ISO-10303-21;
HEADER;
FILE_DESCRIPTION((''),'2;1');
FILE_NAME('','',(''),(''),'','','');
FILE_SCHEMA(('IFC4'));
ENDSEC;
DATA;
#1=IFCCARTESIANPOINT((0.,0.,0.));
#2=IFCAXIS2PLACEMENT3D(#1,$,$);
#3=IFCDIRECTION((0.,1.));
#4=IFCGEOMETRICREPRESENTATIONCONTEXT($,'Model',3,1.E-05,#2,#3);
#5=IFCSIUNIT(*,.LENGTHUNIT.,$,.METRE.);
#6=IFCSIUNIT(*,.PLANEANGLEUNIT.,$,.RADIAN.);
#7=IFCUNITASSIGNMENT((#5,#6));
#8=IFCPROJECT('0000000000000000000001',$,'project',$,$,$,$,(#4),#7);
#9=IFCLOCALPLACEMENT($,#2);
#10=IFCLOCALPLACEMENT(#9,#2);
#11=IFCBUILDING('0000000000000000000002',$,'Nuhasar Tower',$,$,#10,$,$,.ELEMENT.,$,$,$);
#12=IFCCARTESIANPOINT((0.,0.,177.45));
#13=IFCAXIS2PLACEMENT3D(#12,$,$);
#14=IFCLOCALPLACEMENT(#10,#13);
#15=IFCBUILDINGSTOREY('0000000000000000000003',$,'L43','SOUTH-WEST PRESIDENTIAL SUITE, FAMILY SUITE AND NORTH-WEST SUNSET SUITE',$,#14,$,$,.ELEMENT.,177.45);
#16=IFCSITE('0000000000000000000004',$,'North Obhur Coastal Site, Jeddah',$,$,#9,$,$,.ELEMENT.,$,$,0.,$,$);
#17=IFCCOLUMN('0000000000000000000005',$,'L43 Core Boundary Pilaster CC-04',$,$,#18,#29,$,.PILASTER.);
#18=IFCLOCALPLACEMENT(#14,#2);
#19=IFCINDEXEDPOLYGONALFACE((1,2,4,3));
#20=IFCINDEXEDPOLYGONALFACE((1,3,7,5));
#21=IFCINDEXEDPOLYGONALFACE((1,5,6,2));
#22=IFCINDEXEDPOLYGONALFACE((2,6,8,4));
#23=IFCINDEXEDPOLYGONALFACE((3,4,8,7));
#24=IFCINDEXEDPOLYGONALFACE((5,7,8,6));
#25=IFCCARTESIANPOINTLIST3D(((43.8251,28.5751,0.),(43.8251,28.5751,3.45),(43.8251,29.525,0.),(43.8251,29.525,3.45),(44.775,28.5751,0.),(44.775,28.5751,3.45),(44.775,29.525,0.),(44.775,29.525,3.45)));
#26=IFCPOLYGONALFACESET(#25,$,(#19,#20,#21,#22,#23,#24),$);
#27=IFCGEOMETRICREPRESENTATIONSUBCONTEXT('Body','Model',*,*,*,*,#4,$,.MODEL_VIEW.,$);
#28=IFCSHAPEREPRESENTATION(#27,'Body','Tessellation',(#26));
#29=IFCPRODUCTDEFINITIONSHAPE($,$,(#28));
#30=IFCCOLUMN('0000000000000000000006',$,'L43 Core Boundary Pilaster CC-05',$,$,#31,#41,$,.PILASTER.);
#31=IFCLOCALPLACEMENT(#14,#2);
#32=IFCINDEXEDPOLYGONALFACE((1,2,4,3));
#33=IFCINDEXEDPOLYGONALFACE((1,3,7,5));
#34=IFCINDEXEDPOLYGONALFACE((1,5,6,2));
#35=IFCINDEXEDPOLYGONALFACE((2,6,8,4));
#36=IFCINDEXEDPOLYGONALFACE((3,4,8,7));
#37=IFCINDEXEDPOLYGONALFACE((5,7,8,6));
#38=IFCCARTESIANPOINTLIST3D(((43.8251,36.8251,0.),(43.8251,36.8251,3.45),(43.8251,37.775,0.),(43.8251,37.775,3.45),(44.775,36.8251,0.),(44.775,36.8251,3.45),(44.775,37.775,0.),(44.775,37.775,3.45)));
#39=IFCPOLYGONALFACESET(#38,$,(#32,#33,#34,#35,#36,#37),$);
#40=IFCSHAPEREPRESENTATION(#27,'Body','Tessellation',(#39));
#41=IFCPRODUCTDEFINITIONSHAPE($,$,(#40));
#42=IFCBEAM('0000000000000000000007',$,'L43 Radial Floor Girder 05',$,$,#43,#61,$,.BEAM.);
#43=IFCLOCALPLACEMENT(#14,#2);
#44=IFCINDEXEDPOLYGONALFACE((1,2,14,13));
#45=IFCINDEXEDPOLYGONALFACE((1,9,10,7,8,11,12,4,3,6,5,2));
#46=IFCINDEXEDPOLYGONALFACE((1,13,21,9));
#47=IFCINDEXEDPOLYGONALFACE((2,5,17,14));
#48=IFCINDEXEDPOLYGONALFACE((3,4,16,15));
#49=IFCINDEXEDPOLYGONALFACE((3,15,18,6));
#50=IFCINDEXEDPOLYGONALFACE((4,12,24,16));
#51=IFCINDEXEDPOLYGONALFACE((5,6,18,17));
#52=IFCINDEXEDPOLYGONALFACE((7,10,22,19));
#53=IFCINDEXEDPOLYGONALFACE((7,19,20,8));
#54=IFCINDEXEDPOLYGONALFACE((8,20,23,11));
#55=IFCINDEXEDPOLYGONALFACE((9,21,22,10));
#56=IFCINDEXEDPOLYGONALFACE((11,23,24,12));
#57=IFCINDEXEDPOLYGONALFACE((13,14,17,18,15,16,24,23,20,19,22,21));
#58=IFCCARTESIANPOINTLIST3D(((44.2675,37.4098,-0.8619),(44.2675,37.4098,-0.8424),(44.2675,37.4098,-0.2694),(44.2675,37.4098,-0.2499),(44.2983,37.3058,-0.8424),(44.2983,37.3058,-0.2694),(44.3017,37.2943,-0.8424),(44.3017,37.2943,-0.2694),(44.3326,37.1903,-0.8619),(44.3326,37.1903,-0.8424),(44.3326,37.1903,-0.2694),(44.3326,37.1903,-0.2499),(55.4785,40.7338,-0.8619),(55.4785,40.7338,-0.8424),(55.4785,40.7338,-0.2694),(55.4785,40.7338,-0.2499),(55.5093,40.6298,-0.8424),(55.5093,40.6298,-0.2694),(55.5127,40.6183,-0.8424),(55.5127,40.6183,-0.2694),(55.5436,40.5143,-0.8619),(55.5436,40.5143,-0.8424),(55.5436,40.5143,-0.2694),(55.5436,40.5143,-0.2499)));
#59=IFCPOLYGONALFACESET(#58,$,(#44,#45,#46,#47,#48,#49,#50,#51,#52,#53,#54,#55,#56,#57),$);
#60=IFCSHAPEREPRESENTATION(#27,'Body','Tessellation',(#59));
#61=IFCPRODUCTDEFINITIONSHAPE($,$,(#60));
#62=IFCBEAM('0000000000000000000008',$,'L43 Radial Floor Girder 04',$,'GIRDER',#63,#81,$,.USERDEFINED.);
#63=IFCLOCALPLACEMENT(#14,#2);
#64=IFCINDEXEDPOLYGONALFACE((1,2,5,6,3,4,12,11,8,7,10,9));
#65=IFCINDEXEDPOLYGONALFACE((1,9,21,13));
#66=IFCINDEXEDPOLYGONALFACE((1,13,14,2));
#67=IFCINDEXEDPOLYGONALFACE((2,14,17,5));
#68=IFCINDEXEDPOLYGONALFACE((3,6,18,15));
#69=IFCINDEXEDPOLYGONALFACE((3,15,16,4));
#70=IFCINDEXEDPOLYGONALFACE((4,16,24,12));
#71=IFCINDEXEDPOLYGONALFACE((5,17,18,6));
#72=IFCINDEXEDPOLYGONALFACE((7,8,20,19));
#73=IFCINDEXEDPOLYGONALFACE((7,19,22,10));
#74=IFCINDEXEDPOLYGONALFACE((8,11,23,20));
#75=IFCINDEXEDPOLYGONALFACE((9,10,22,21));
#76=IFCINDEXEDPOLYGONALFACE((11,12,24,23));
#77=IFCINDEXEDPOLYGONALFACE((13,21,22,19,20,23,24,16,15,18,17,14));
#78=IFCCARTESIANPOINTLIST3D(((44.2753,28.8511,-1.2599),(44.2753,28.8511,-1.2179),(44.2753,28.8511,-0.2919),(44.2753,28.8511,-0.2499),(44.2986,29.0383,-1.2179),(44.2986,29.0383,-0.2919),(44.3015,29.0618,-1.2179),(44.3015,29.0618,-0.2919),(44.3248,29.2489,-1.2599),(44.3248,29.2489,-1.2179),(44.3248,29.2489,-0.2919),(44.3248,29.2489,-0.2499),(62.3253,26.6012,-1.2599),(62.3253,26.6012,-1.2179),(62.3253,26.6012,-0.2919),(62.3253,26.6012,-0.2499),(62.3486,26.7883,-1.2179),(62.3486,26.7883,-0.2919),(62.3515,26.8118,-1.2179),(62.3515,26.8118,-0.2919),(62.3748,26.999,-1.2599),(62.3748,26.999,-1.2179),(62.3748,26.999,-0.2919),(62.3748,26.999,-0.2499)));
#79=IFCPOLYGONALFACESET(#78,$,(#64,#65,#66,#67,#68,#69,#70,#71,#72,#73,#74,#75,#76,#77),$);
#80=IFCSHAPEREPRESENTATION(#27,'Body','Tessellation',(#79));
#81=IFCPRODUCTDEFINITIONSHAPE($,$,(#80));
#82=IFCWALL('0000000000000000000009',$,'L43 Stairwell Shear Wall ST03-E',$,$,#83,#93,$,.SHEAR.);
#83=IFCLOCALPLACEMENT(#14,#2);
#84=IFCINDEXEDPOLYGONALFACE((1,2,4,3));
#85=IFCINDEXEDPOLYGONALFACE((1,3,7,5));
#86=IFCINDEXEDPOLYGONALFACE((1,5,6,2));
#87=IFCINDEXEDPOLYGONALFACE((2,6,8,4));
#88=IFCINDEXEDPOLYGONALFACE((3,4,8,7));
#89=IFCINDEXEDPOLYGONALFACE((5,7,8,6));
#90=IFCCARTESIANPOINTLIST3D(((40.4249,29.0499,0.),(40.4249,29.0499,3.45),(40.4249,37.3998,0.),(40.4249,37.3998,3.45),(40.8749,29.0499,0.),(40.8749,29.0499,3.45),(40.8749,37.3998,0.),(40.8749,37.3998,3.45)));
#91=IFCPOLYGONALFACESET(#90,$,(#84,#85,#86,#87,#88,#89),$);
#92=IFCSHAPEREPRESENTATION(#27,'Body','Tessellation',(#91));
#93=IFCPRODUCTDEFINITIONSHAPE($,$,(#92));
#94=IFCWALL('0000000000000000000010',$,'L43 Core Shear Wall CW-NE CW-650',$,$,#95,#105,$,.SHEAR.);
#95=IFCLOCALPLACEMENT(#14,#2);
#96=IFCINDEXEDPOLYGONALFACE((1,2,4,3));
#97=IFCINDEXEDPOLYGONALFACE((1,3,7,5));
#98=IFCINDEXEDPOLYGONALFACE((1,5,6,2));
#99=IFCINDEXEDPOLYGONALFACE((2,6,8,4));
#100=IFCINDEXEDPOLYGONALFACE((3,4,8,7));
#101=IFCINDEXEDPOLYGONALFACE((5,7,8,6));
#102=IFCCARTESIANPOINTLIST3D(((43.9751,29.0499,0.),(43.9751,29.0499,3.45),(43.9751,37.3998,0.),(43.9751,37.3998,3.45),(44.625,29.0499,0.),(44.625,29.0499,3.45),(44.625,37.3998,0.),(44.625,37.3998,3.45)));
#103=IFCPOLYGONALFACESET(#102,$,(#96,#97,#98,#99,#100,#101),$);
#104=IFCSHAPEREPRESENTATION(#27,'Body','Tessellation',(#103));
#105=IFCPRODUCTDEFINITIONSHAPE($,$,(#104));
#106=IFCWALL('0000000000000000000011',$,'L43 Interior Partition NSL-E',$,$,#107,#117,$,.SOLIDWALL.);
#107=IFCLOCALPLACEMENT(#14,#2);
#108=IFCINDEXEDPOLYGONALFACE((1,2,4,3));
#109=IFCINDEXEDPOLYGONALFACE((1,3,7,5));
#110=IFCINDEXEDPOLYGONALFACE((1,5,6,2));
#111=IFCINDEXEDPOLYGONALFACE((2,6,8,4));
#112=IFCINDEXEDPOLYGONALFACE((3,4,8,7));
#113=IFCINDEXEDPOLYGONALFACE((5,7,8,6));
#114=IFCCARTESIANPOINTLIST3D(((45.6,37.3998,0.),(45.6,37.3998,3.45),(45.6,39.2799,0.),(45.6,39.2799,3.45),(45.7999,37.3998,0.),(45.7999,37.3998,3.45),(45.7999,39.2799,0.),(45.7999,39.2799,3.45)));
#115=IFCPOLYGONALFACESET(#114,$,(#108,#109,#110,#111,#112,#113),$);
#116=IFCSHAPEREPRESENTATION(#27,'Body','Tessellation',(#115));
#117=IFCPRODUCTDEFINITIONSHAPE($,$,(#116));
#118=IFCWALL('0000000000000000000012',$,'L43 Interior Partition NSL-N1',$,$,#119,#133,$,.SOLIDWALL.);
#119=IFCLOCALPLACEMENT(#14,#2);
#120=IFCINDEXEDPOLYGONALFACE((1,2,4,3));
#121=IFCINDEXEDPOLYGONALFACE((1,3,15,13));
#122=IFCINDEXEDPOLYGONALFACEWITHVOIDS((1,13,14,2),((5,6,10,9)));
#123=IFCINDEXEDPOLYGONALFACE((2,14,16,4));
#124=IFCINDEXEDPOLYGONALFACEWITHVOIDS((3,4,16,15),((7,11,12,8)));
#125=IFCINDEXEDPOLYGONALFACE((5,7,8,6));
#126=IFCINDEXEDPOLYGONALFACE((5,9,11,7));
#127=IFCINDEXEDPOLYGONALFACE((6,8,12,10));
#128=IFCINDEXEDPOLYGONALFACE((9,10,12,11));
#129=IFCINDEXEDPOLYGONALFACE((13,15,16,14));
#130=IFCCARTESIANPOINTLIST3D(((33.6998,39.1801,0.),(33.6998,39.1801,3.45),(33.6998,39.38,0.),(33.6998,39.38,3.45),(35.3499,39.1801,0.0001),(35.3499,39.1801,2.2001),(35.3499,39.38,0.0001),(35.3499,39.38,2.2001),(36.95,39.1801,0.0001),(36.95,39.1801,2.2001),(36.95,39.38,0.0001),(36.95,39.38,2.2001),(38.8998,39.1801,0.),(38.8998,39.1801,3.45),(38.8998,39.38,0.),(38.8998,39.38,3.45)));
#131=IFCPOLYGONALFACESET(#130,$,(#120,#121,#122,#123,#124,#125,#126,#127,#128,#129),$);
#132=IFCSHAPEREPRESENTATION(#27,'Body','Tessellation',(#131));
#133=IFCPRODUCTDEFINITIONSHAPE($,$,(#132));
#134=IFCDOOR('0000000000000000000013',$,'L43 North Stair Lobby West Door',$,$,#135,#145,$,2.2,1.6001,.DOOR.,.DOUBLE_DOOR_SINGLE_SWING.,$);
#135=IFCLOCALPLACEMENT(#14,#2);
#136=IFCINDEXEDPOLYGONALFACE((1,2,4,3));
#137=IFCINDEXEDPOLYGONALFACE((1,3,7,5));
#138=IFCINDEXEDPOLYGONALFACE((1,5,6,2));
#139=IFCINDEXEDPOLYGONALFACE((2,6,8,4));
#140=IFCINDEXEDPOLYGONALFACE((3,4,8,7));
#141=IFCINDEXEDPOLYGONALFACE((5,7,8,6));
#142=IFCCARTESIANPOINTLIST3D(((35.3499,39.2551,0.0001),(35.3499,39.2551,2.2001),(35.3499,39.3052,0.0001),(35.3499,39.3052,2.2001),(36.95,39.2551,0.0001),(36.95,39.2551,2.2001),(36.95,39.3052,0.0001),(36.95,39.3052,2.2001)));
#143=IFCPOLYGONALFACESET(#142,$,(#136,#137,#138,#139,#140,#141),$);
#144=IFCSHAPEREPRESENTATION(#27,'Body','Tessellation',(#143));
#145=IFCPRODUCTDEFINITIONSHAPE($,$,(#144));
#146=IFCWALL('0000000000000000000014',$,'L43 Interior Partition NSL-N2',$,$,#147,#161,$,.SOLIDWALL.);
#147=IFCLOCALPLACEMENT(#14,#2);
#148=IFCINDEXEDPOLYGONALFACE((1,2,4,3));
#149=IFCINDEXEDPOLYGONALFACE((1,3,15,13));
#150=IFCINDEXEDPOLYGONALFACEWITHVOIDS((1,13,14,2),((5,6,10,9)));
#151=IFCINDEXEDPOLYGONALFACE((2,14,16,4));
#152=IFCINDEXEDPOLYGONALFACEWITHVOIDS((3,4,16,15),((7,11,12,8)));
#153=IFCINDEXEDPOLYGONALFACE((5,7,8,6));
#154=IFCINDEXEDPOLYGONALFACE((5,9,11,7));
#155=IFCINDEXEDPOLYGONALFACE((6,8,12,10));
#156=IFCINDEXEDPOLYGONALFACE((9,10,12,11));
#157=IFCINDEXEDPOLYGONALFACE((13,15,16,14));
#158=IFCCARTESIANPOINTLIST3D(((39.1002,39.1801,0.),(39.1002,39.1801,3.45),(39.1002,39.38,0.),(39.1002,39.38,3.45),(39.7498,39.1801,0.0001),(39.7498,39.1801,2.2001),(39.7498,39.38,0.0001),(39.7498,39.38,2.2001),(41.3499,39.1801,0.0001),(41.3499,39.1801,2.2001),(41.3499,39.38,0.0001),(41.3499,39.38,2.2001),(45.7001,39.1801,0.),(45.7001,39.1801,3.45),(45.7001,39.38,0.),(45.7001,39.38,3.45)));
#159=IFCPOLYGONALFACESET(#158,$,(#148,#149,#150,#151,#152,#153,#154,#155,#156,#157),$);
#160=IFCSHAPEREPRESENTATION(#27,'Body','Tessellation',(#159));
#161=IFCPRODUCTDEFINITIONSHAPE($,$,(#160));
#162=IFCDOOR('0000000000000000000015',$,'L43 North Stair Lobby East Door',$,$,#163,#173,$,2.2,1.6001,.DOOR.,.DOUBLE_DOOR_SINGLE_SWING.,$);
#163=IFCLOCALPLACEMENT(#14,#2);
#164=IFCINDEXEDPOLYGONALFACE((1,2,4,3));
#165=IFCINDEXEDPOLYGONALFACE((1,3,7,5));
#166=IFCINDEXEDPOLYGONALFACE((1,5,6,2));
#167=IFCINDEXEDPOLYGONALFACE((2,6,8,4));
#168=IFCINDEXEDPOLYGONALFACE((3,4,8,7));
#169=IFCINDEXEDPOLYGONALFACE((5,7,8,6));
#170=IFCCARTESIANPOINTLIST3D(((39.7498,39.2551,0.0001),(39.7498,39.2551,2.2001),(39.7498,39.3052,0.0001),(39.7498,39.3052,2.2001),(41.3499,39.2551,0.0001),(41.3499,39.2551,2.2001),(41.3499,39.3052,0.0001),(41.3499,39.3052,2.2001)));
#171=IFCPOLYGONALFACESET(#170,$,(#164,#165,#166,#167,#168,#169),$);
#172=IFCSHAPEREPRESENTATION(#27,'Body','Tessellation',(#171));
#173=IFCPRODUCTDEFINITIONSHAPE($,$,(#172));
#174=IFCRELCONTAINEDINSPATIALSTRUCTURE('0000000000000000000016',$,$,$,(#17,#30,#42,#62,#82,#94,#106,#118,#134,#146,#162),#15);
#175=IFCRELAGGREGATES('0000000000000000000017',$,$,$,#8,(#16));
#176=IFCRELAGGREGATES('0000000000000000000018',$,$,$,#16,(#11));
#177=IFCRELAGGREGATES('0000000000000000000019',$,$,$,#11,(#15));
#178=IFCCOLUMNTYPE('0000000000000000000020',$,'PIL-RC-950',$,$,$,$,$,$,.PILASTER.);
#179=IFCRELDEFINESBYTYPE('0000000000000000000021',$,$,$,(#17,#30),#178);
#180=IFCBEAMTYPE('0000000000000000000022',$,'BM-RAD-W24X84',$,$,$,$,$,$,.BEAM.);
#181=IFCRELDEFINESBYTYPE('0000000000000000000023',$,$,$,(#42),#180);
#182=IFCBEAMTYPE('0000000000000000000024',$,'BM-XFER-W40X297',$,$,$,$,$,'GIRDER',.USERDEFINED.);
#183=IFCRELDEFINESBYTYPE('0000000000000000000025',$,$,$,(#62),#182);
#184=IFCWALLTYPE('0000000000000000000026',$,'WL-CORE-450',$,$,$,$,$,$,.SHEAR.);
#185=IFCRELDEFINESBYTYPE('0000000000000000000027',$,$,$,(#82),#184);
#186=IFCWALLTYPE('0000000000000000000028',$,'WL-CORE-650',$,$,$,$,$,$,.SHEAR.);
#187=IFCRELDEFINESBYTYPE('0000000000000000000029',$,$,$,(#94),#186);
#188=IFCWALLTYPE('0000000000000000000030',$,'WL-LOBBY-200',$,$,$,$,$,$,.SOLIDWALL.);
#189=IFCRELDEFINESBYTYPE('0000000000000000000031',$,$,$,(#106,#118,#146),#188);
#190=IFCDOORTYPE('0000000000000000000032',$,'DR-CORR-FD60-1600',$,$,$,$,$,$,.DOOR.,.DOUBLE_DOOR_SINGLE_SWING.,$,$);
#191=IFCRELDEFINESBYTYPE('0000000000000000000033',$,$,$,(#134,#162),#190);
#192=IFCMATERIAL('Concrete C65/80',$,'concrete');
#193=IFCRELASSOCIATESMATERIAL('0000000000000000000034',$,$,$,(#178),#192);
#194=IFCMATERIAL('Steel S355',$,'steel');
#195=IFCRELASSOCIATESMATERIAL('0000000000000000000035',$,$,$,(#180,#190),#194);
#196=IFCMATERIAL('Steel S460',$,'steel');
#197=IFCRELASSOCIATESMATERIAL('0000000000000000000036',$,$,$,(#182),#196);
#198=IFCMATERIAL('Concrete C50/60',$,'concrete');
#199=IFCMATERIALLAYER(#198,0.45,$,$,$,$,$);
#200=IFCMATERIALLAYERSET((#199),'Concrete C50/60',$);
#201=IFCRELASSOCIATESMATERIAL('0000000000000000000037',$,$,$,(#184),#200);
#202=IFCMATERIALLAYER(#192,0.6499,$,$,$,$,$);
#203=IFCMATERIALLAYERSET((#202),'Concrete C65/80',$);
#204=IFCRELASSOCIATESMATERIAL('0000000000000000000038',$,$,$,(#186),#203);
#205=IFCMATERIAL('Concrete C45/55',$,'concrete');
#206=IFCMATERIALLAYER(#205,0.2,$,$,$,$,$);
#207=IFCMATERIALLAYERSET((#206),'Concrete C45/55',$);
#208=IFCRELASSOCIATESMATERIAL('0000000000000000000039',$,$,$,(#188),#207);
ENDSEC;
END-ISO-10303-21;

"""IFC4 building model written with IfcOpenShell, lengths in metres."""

from ifc_helpers import new_model, si_unit, direction, frame, frame_2d, origin, origin_2d, place, context, subcontext, project, spatial, rectangle, i_section, extrude, material, layer, layer_set, material_profile, profile_set, type_object, element, fill, save


model = new_model("IFC4")

# Units and contexts
model_context = context("Model", 3, precision=1e-05, world=origin(), true_north=direction((0.0, 1.0)))
body_context = subcontext(model_context, "Body", "Model", "MODEL_VIEW")
ifc_project = project(units=[si_unit("LENGTHUNIT", "METRE"), si_unit("PLANEANGLEUNIT", "RADIAN")], contexts=[model_context])

# Site, building, storey
site_placement = place(None, origin())
site = spatial("IfcSite", under=ifc_project, at=site_placement, Name="North Obhur Coastal Site, Jeddah", CompositionType="ELEMENT", RefElevation=0.0)
building_placement = place(site_placement, origin())
building = spatial("IfcBuilding", under=site, at=building_placement, Name="Nuhasar Tower", CompositionType="ELEMENT")
storey_placement = place(building_placement, frame((0.0, 0.0, 177.45)))
storey = spatial("IfcBuildingStorey", under=building, at=storey_placement, Name="L43", Description="SOUTH-WEST PRESIDENTIAL SUITE, FAMILY SUITE AND NORTH-WEST SUNSET SUITE", CompositionType="ELEMENT", Elevation=177.45)

# Columns
ifc_material_1 = material(Name="Concrete C65/80", Category="concrete")
ifc_material_profile_1 = material_profile(ifc_material_1, rectangle(XDim=0.95, YDim=0.95, at=origin_2d()), Name="RC950X950")
ifc_profile_set_1 = profile_set([ifc_material_profile_1], Name="Concrete C65/80")
column_type = type_object("IfcColumnType", Name="PIL-RC-950", PredefinedType="PILASTER", material=ifc_profile_set_1)
for number, where, z_axis, x_axis, name in (
    (1, (44.3, 29.05, 0.0), (0.0, 0.0, 1.0), (1.0, 0.0, 0.0), "L43 Core Boundary Pilaster CC-04"),
    (2, (44.3, 37.3, 0.0), (0.0, 0.0, 1.0), (1.0, 0.0, 0.0), "L43 Core Boundary Pilaster CC-05"),
):
    element("IfcColumn", number, at=place(storey_placement, frame(where, z_axis=z_axis, x_axis=x_axis)), inside=storey, type_object=column_type, Name=name, PredefinedType="PILASTER", context=body_context, shape_type="SweptSolid", body=[
        extrude(rectangle(XDim=0.95, YDim=0.95, at=origin_2d()), origin(), (0.0, 0.0, 1.0), 3.45),
    ])

# Beams
ifc_material_2 = material(Name="Steel S355", Category="steel")
ifc_material_profile_2 = material_profile(ifc_material_2, i_section(OverallWidth=0.229, OverallDepth=0.6121, WebThickness=0.012, FlangeThickness=0.0195, at=origin_2d()), Name="W24X84")
ifc_profile_set_2 = profile_set([ifc_material_profile_2], Name="Steel S355")
beam_type_1 = type_object("IfcBeamType", Name="BM-RAD-W24X84", PredefinedType="BEAM", material=ifc_profile_set_2)
beam_1_placement = place(storey_placement, frame((44.3, 37.3, -0.5559), z_axis=(0.958746, 0.284262, 0.0), x_axis=(-0.284262, 0.958746, 0.0)))
element("IfcBeam", 3, at=beam_1_placement, inside=storey, type_object=beam_type_1, Name="L43 Radial Floor Girder 05", PredefinedType="BEAM", context=body_context, shape_type="SweptSolid", body=[
    extrude(i_section(OverallWidth=0.229, OverallDepth=0.6121, WebThickness=0.012, FlangeThickness=0.0195, at=origin_2d()), origin(), (0.0, 0.0, 1.0), 11.6934),
])
ifc_material_3 = material(Name="Steel S460", Category="steel")
ifc_material_profile_3 = material_profile(ifc_material_3, i_section(OverallWidth=0.4009, OverallDepth=1.01, WebThickness=0.0237, FlangeThickness=0.042, at=origin_2d()), Name="W40X297")
ifc_profile_set_3 = profile_set([ifc_material_profile_3], Name="Steel S460")
beam_type_2 = type_object("IfcBeamType", Name="BM-XFER-W40X297", ElementType="GIRDER", PredefinedType="USERDEFINED", material=ifc_profile_set_3)
beam_2_placement = place(storey_placement, frame((44.3, 29.05, -0.7549), z_axis=(0.99232, -0.123696, 0.0), x_axis=(0.123696, 0.99232, 0.0)))
element("IfcBeam", 4, at=beam_2_placement, inside=storey, type_object=beam_type_2, Name="L43 Radial Floor Girder 04", ObjectType="GIRDER", PredefinedType="USERDEFINED", context=body_context, shape_type="SweptSolid", body=[
    extrude(i_section(OverallWidth=0.4009, OverallDepth=1.01, WebThickness=0.0237, FlangeThickness=0.042, at=origin_2d()), origin(), (0.0, 0.0, 1.0), 18.1897),
])

# Shared definitions
ifc_material_4 = material(Name="Concrete C50/60", Category="concrete")
ifc_layer_1 = layer(ifc_material_4, 0.45)
ifc_layer_set_1 = layer_set([ifc_layer_1], Name="Concrete C50/60")
wall_type_1 = type_object("IfcWallType", Name="WL-CORE-450", PredefinedType="SHEAR", material=ifc_layer_set_1)

# Wall
wall_1_placement = place(storey_placement, frame((40.6499, 29.05, 0.0), z_axis=(0.0, 0.0, 1.0), x_axis=(0.0, 1.0, 0.0)))
element("IfcWall", 5, at=wall_1_placement, inside=storey, type_object=wall_type_1, Name="L43 Stairwell Shear Wall ST03-E", PredefinedType="SHEAR", context=body_context, shape_type="SweptSolid", body=[
    extrude(rectangle(XDim=8.3499, YDim=0.45, at=frame_2d((4.1748, 0.0))), origin(), (0.0, 0.0, 1.0), 3.45),
])

# Walls
ifc_layer_2 = layer(ifc_material_1, 0.6499)
ifc_layer_set_2 = layer_set([ifc_layer_2], Name="Concrete C65/80")
wall_type_2 = type_object("IfcWallType", Name="WL-CORE-650", PredefinedType="SHEAR", material=ifc_layer_set_2)
wall_2_placement = place(storey_placement, frame((44.3, 29.05, 0.0), z_axis=(0.0, 0.0, 1.0), x_axis=(0.0, 1.0, 0.0)))
element("IfcWall", 6, at=wall_2_placement, inside=storey, type_object=wall_type_2, Name="L43 Core Shear Wall CW-NE CW-650", PredefinedType="SHEAR", context=body_context, shape_type="SweptSolid", body=[
    extrude(rectangle(XDim=8.3499, YDim=0.6499, at=frame_2d((4.1748, 0.0))), origin(), (0.0, 0.0, 1.0), 3.45),
])
ifc_material_5 = material(Name="Concrete C45/55", Category="concrete")
ifc_layer_3 = layer(ifc_material_5, 0.2)
ifc_layer_set_3 = layer_set([ifc_layer_3], Name="Concrete C45/55")
wall_type_3 = type_object("IfcWallType", Name="WL-LOBBY-200", PredefinedType="SOLIDWALL", material=ifc_layer_set_3)
wall_3_placement = place(storey_placement, frame((45.7, 37.3999, 0.0), z_axis=(0.0, 0.0, 1.0), x_axis=(0.0, 1.0, 0.0)))
element("IfcWall", 7, at=wall_3_placement, inside=storey, type_object=wall_type_3, Name="L43 Interior Partition NSL-E", PredefinedType="SOLIDWALL", context=body_context, shape_type="SweptSolid", body=[
    extrude(rectangle(XDim=1.8801, YDim=0.2, at=frame_2d((0.9399, 0.0))), origin(), (0.0, 0.0, 1.0), 3.45),
])

# Walls, openings, doors
wall_4_placement = place(storey_placement, frame((38.8999, 39.28, 0.0), z_axis=(0.0, 0.0, 1.0), x_axis=(-1.0, 0.0, 0.0)))
wall_4 = element("IfcWall", 8, at=wall_4_placement, inside=storey, type_object=wall_type_3, Name="L43 Interior Partition NSL-N1", PredefinedType="SOLIDWALL", context=body_context, shape_type="SweptSolid", body=[
    extrude(rectangle(XDim=5.2, YDim=0.2, at=frame_2d((2.6001, 0.0))), origin(), (0.0, 0.0, 1.0), 3.45),
])
opening_1_placement = place(wall_4_placement, frame((1.95, 0.0, 0.0)))
opening_1 = element("IfcOpeningElement", 9, at=opening_1_placement, cuts=wall_4, PredefinedType="OPENING", context=body_context, shape_type="SweptSolid", body=[
    extrude(rectangle(XDim=1.6001, YDim=2.2, at=frame_2d((0.8, 1.1001))), frame((0.0, 0.1099, 0.0), z_axis=(0.0, -1.0, 0.0), x_axis=(1.0, 0.0, 0.0)), (0.0, 0.0, 1.0), 0.22),
])
door_type_1 = type_object("IfcDoorType", Name="DR-CORR-FD60-1600", OperationType="DOUBLE_DOOR_SINGLE_SWING", PredefinedType="DOOR", material=ifc_material_2)
door_1_placement = place(opening_1_placement, origin())
door_1 = element("IfcDoor", 10, at=door_1_placement, inside=storey, type_object=door_type_1, Name="L43 North Stair Lobby West Door", OperationType="DOUBLE_DOOR_SINGLE_SWING", OverallHeight=2.2, OverallWidth=1.6001, PredefinedType="DOOR", context=body_context, shape_type="SweptSolid", body=[
    extrude(rectangle(XDim=1.6001, YDim=2.2, at=frame_2d((0.8, 1.1001))), frame((0.0, 0.0249, 0.0), z_axis=(0.0, -1.0, 0.0), x_axis=(1.0, 0.0, 0.0)), (0.0, 0.0, 1.0), 0.05),
])
fill(opening_1, door_1)
wall_5_placement = place(storey_placement, frame((45.7, 39.28, 0.0), z_axis=(0.0, 0.0, 1.0), x_axis=(-1.0, 0.0, 0.0)))
wall_5 = element("IfcWall", 11, at=wall_5_placement, inside=storey, type_object=wall_type_3, Name="L43 Interior Partition NSL-N2", PredefinedType="SOLIDWALL", context=body_context, shape_type="SweptSolid", body=[
    extrude(rectangle(XDim=6.5999, YDim=0.2, at=frame_2d((3.2998, 0.0))), origin(), (0.0, 0.0, 1.0), 3.45),
])
opening_2_placement = place(wall_5_placement, frame((4.3501, 0.0, 0.0)))
opening_2 = element("IfcOpeningElement", 12, at=opening_2_placement, cuts=wall_5, PredefinedType="OPENING", context=body_context, shape_type="SweptSolid", body=[
    extrude(rectangle(XDim=1.6001, YDim=2.2, at=frame_2d((0.8, 1.1001))), frame((0.0, 0.1099, 0.0), z_axis=(0.0, -1.0, 0.0), x_axis=(1.0, 0.0, 0.0)), (0.0, 0.0, 1.0), 0.22),
])
door_2_placement = place(opening_2_placement, origin())
door_2 = element("IfcDoor", 13, at=door_2_placement, inside=storey, type_object=door_type_1, Name="L43 North Stair Lobby East Door", OperationType="DOUBLE_DOOR_SINGLE_SWING", OverallHeight=2.2, OverallWidth=1.6001, PredefinedType="DOOR", context=body_context, shape_type="SweptSolid", body=[
    extrude(rectangle(XDim=1.6001, YDim=2.2, at=frame_2d((0.8, 1.1001))), frame((0.0, 0.0249, 0.0), z_axis=(0.0, -1.0, 0.0), x_axis=(1.0, 0.0, 0.0)), (0.0, 0.0, 1.0), 0.05),
])
fill(opening_2, door_2)

save(model, "model.ifc")
